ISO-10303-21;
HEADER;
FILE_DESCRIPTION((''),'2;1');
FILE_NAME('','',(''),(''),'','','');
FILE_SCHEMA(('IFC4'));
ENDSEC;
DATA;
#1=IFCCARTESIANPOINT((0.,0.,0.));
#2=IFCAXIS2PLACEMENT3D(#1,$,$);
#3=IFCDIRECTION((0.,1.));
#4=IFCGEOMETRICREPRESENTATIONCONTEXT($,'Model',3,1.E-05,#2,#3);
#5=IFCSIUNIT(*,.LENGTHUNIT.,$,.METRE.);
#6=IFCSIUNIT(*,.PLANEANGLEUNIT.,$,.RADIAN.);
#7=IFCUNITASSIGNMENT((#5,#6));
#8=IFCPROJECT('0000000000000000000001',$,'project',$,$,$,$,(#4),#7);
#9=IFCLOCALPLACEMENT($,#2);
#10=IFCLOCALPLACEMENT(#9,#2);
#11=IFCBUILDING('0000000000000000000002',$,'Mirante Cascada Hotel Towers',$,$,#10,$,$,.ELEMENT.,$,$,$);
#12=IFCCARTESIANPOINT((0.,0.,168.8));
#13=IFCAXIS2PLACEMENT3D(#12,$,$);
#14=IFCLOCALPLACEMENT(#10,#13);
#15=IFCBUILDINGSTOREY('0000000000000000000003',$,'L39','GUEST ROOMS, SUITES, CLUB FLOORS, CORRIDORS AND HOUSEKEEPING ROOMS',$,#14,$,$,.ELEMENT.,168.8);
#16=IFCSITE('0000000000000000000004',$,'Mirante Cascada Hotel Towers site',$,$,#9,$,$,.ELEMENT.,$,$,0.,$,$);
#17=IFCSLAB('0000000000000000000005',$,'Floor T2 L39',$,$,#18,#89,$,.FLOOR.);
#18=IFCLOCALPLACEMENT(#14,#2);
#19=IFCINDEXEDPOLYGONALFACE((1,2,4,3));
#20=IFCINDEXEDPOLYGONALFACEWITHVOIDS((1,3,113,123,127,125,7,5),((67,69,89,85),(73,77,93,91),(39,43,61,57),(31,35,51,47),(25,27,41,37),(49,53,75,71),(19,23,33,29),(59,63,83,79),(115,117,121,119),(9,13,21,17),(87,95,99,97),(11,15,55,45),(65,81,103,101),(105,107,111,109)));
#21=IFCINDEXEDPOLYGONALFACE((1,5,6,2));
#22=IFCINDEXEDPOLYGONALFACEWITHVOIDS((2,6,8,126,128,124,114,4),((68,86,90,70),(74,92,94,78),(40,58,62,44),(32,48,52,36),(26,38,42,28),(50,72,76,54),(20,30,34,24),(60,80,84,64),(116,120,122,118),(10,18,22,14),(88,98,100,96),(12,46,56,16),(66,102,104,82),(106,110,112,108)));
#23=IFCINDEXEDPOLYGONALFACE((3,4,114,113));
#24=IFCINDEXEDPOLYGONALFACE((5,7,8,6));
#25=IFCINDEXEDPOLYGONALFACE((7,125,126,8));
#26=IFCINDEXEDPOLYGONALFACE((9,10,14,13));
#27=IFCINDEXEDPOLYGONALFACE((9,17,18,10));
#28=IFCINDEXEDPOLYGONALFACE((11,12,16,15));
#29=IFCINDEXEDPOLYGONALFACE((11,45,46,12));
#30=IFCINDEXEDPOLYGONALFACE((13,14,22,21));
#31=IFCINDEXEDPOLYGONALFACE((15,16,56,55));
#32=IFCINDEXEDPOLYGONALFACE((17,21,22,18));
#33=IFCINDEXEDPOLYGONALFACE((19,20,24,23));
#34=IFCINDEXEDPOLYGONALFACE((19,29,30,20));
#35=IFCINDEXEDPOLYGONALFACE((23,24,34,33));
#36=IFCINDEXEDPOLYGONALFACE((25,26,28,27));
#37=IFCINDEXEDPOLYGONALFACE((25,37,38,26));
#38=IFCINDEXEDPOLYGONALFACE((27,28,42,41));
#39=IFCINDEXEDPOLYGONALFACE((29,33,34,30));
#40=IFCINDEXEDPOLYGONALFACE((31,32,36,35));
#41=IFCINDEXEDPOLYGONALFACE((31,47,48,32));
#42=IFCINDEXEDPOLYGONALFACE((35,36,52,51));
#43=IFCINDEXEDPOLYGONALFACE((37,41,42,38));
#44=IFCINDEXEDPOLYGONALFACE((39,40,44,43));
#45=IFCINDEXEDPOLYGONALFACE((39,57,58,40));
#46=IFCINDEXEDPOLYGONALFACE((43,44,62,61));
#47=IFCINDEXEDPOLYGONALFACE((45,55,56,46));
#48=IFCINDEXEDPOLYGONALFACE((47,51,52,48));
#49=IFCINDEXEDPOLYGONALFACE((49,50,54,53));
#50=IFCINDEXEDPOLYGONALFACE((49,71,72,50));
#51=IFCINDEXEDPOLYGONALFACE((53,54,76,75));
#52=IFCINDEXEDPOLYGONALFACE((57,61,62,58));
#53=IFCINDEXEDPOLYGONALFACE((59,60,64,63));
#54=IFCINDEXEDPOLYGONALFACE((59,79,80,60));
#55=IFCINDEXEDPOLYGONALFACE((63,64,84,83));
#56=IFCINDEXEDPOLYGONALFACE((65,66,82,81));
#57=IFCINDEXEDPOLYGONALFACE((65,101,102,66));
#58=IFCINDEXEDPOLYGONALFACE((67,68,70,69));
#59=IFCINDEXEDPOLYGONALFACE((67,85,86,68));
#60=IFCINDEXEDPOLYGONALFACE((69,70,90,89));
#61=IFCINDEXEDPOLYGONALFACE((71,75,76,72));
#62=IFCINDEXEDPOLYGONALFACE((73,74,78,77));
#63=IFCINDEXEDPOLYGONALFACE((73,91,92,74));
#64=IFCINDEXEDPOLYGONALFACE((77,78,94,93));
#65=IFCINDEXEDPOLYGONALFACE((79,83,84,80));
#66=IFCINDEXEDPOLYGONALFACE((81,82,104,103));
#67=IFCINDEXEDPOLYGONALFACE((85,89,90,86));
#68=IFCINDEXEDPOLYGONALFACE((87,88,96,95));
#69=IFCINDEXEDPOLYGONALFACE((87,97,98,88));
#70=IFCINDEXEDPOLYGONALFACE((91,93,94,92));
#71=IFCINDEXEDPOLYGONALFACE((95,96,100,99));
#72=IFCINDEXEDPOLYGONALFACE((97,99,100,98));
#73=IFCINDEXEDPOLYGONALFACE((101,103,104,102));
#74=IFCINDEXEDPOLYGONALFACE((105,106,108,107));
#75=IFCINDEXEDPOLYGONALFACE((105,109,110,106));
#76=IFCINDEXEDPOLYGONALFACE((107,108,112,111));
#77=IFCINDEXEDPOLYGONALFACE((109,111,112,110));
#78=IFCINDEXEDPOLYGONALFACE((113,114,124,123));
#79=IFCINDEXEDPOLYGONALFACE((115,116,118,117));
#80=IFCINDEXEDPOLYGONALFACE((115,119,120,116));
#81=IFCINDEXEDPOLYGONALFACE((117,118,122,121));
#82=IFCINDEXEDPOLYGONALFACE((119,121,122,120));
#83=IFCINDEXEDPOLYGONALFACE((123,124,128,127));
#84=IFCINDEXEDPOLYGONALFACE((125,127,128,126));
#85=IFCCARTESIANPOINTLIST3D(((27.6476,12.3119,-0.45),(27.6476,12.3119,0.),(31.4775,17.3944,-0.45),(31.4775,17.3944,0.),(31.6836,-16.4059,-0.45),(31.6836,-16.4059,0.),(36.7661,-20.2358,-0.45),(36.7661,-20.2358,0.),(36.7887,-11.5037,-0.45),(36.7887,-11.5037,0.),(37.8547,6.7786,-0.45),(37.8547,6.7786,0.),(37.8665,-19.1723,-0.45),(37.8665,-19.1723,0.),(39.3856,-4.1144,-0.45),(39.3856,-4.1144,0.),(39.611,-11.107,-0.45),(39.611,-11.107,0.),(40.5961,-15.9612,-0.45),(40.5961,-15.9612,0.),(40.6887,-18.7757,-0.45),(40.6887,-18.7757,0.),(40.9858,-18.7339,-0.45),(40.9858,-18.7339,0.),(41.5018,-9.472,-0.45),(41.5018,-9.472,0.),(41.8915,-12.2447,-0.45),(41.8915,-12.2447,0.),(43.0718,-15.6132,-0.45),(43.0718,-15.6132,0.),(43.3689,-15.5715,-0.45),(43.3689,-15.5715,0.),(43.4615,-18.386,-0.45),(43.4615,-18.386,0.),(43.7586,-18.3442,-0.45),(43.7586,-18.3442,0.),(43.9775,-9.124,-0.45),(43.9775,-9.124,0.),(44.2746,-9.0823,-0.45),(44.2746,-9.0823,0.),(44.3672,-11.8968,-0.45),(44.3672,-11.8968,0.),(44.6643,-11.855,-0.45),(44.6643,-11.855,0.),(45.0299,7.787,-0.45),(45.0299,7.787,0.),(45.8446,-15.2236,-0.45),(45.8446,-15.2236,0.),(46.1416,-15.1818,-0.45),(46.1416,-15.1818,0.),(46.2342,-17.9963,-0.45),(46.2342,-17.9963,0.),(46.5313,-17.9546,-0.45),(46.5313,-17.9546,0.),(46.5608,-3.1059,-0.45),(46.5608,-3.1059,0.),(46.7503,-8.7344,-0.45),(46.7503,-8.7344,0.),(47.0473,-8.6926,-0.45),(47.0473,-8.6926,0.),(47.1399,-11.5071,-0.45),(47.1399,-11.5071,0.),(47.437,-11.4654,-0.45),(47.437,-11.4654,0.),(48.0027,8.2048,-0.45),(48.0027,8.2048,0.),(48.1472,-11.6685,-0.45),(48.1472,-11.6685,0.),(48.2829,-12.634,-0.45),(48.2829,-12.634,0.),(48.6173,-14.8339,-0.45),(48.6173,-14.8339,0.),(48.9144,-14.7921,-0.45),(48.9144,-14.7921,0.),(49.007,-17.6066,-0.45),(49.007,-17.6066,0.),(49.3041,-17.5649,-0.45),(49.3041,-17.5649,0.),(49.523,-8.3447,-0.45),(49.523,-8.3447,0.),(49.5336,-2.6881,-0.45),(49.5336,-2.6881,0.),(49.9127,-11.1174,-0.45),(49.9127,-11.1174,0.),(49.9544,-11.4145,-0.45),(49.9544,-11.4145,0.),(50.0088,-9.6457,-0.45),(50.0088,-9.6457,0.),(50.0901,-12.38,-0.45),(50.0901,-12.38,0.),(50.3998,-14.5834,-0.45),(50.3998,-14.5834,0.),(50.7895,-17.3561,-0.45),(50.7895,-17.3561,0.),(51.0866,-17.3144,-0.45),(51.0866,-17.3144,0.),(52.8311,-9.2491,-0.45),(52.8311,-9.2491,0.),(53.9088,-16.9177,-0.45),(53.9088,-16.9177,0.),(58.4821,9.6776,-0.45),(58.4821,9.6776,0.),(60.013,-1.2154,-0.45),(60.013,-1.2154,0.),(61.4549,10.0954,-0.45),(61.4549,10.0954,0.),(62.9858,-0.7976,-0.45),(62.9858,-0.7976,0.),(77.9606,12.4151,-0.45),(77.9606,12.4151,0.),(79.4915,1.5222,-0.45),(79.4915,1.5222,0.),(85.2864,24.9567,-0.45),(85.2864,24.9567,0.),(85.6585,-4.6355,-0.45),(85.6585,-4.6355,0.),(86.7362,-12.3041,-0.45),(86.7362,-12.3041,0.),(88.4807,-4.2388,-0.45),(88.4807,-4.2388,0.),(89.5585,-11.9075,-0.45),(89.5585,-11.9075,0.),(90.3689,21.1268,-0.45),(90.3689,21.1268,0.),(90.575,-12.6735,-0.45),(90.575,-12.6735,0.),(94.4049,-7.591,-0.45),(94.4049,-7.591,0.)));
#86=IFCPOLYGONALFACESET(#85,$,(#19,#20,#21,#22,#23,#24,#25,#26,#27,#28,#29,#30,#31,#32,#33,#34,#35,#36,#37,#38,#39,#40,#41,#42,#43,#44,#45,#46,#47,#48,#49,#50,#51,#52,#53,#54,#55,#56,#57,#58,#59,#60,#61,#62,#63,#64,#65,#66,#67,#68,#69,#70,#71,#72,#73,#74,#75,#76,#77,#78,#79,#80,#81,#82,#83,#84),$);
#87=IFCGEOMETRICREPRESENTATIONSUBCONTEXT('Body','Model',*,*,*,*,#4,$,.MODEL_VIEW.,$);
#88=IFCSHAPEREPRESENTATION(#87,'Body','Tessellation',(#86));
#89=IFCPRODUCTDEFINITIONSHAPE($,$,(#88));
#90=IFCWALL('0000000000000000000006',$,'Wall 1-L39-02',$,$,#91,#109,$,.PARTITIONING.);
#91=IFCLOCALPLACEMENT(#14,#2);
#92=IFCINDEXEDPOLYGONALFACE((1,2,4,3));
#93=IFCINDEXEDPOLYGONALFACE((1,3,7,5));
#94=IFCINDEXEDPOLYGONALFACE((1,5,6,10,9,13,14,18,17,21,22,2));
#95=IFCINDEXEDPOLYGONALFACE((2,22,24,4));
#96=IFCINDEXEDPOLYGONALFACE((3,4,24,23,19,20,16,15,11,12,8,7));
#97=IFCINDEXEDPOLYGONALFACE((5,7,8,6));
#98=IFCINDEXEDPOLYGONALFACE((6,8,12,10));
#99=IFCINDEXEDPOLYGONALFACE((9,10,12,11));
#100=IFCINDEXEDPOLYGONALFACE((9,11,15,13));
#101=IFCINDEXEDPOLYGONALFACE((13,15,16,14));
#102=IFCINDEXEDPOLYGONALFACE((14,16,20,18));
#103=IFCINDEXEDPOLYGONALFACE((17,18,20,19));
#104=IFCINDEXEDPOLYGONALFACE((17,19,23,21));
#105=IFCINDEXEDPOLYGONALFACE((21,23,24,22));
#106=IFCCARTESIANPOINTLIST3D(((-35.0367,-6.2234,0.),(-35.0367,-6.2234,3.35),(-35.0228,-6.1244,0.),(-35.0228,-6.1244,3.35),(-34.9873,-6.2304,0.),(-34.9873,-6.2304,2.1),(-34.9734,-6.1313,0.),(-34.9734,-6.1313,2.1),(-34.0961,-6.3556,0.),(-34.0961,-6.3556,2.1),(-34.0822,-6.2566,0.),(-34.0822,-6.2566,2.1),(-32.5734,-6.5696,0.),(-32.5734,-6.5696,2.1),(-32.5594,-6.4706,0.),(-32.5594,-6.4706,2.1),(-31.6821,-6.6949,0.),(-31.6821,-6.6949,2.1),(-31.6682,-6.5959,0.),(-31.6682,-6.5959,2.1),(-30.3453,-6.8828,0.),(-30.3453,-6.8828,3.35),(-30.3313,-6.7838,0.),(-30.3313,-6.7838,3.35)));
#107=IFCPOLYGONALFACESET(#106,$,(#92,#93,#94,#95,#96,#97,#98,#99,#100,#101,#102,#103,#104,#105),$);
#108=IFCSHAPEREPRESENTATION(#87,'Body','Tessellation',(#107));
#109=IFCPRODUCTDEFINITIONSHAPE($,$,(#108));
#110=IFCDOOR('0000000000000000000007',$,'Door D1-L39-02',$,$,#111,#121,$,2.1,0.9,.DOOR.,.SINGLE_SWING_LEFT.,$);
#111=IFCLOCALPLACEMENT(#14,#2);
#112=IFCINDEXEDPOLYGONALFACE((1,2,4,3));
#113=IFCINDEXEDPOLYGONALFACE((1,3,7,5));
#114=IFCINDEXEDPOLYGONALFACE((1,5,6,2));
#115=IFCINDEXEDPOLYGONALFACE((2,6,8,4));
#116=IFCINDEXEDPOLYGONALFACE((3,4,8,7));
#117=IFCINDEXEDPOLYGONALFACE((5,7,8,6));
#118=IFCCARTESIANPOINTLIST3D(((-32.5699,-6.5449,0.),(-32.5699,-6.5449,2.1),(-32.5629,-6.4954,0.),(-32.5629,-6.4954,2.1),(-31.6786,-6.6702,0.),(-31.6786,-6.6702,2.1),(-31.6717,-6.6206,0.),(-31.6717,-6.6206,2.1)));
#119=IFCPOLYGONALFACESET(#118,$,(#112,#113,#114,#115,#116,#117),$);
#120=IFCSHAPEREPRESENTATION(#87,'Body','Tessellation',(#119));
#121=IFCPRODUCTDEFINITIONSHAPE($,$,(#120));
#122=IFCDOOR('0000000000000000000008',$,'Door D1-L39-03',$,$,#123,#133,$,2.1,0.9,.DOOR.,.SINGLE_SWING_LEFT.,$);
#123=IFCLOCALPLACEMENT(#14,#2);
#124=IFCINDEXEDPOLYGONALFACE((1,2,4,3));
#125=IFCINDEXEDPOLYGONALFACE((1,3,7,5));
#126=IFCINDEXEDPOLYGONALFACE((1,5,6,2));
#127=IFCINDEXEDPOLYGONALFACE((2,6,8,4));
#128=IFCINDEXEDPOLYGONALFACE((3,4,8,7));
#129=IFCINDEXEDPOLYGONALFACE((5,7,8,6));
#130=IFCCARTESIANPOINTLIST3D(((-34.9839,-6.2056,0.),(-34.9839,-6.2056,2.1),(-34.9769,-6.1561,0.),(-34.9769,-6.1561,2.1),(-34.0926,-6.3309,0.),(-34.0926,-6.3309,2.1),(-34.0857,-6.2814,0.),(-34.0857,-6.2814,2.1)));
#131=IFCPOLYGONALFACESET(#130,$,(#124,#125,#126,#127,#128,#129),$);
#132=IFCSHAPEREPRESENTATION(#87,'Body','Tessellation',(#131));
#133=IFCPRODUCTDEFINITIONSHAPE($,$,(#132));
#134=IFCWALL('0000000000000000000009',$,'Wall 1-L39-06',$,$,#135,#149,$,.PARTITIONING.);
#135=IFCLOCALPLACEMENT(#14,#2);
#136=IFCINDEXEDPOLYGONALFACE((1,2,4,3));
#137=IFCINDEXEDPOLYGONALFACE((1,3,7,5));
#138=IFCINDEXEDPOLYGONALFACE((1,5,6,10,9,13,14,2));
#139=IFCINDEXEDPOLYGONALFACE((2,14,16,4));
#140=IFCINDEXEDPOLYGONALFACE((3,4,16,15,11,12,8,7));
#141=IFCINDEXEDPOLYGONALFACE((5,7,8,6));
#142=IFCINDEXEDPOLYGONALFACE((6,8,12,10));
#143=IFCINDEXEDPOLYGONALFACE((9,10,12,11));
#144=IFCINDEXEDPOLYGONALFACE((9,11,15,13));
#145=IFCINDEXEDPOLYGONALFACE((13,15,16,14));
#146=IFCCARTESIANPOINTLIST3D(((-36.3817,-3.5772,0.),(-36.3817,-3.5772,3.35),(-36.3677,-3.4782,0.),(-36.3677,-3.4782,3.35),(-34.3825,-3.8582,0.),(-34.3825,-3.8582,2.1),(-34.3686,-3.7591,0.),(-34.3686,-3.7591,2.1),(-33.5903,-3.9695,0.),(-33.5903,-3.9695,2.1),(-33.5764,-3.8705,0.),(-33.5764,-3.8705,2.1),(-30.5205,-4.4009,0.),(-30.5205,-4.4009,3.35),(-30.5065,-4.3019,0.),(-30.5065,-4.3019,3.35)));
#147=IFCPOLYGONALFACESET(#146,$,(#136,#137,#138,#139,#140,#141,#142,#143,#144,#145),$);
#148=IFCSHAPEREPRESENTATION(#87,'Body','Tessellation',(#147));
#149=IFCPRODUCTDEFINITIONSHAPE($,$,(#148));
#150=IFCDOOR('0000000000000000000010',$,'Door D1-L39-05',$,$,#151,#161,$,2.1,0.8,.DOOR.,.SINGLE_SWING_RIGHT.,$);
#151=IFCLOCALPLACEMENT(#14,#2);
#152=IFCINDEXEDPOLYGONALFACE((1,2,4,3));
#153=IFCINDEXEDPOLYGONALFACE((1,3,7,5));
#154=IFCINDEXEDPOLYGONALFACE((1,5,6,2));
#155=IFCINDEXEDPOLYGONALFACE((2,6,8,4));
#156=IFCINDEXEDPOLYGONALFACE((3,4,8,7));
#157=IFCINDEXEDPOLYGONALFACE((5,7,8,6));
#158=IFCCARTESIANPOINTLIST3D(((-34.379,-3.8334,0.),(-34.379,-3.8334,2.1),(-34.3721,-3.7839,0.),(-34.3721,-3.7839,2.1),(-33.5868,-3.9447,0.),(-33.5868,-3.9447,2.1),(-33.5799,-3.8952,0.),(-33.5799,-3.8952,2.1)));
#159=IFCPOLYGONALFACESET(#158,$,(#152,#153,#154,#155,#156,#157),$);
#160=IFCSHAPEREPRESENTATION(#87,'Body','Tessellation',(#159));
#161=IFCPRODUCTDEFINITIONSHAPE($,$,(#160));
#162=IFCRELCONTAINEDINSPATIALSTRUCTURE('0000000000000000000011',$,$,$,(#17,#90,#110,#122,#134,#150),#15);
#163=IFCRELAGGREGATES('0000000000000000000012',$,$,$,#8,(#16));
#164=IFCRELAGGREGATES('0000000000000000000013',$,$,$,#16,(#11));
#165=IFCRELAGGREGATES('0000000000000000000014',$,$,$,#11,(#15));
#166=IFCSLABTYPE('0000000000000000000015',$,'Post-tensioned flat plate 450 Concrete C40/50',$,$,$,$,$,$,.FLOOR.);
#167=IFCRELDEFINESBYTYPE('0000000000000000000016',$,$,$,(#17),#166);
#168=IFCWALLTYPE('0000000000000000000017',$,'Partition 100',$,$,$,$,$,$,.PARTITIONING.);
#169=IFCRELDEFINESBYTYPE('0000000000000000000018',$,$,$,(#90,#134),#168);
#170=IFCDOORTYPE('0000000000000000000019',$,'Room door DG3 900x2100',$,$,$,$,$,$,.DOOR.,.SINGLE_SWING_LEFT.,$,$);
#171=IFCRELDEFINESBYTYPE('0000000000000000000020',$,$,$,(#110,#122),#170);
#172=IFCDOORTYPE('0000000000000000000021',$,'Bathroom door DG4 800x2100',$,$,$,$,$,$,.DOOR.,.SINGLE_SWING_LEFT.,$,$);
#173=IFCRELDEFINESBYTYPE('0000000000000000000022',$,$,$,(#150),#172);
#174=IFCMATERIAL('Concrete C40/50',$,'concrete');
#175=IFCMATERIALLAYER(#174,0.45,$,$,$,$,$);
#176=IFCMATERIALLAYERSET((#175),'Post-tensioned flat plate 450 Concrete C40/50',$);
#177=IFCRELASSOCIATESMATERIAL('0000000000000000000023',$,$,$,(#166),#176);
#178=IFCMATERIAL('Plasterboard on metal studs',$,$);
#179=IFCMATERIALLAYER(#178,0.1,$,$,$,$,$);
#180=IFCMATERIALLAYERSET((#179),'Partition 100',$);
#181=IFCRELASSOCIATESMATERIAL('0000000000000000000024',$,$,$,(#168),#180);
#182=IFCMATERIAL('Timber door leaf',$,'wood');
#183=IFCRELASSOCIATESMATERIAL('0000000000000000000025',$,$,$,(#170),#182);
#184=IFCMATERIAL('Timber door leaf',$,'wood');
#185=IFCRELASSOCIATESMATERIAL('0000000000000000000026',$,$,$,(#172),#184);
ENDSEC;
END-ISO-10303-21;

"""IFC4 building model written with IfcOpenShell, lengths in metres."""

from ifc_helpers import new_model, si_unit, direction, frame, frame_2d, origin, place, context, subcontext, project, spatial, polyline, rectangle, outline, extrude, material, layer, layer_set, type_object, element, fill, save


model = new_model("IFC4")

# Units and contexts
model_context = context("Model", 3, precision=1e-05, world=origin(), true_north=direction((0.0, 1.0)))
body_context = subcontext(model_context, "Body", "Model", "MODEL_VIEW")
ifc_project = project(units=[si_unit("LENGTHUNIT", "METRE"), si_unit("PLANEANGLEUNIT", "RADIAN")], contexts=[model_context])

# Site, building, storey
site_placement = place(None, origin())
site = spatial("IfcSite", under=ifc_project, at=site_placement, Name="Mirante Cascada Hotel Towers site", CompositionType="ELEMENT", RefElevation=0.0)
building_placement = place(site_placement, origin())
building = spatial("IfcBuilding", under=site, at=building_placement, Name="Mirante Cascada Hotel Towers", CompositionType="ELEMENT")
storey_placement = place(building_placement, frame((0.0, 0.0, 168.8)))
storey = spatial("IfcBuildingStorey", under=building, at=storey_placement, Name="L39", Description="GUEST ROOMS, SUITES, CLUB FLOORS, CORRIDORS AND HOUSEKEEPING ROOMS", CompositionType="ELEMENT", Elevation=168.8)

# Slab
ifc_material_1 = material(Name="Concrete C40/50", Category="concrete")
ifc_layer_1 = layer(ifc_material_1, 0.45)
ifc_layer_set_1 = layer_set([ifc_layer_1], Name="Post-tensioned flat plate 450 Concrete C40/50")
slab_type = type_object("IfcSlabType", Name="Post-tensioned flat plate 450 Concrete C40/50", PredefinedType="FLOOR", material=ifc_layer_set_1)
slab_1_placement = place(storey_placement, frame((0.0, 0.0, -0.45)))
element("IfcSlab", 1, at=slab_1_placement, inside=storey, type_object=slab_type, Name="Floor T2 L39", PredefinedType="FLOOR", context=body_context, shape_type="SweptSolid", body=[
    extrude(outline(polyline([(31.6836, -16.4059), (27.6476, 12.3119), (31.4775, 17.3944), (85.2864, 24.9567), (90.3689, 21.1268), (94.4049, -7.591), (90.575, -12.6735), (36.7661, -20.2358), (31.6836, -16.4059)]), holes=[polyline([(40.5961, -15.9612), (40.9858, -18.7339), (43.4615, -18.386), (43.0718, -15.6132), (40.5961, -15.9612)]), polyline([(45.8446, -15.2236), (43.3689, -15.5715), (43.7586, -18.3442), (46.2342, -17.9963), (45.8446, -15.2236)]), polyline([(48.6173, -14.8339), (46.1416, -15.1818), (46.5313, -17.9546), (49.007, -17.6066), (48.6173, -14.8339)]), polyline([(40.6887, -18.7757), (39.611, -11.107), (36.7887, -11.5037), (37.8665, -19.1723), (40.6887, -18.7757)]), polyline([(43.9775, -9.124), (41.5018, -9.472), (41.8915, -12.2447), (44.3672, -11.8968), (43.9775, -9.124)]), polyline([(46.7503, -8.7344), (44.2746, -9.0823), (44.6643, -11.855), (47.1399, -11.5071), (46.7503, -8.7344)]), polyline([(48.9144, -14.7921), (49.3041, -17.5649), (50.7895, -17.3561), (50.3998, -14.5834), (48.9144, -14.7921)]), polyline([(51.0866, -17.3144), (53.9088, -16.9177), (52.8311, -9.2491), (50.0088, -9.6457), (51.0866, -17.3144)]), polyline([(86.7362, -12.3041), (89.5585, -11.9075), (88.4807, -4.2388), (85.6585, -4.6355), (86.7362, -12.3041)]), polyline([(48.1472, -11.6685), (48.2829, -12.634), (50.0901, -12.38), (49.9544, -11.4145), (48.1472, -11.6685)]), polyline([(49.523, -8.3447), (47.0473, -8.6926), (47.437, -11.4654), (49.9127, -11.1174), (49.523, -8.3447)]), polyline([(77.9606, 12.4151), (79.4915, 1.5222), (62.9858, -0.7976), (62.9858, -0.7976), (61.4549, 10.0954), (61.4549, 10.0954), (77.9606, 12.4151)]), polyline([(58.4821, 9.6776), (60.013, -1.2154), (60.013, -1.2154), (49.5336, -2.6881), (49.5336, -2.6881), (48.0027, 8.2048), (58.4821, 9.6776)]), polyline([(39.3856, -4.1144), (37.8547, 6.7786), (45.0299, 7.787), (46.5608, -3.1059), (46.5608, -3.1059), (39.3856, -4.1144)])]), origin(), (0.0, 0.0, 1.0), 0.45),
])

# Wall, openings, doors
ifc_material_2 = material(Name="Plasterboard on metal studs")
ifc_layer_2 = layer(ifc_material_2, 0.1)
ifc_layer_set_2 = layer_set([ifc_layer_2], Name="Partition 100")
wall_type = type_object("IfcWallType", Name="Partition 100", PredefinedType="PARTITIONING", material=ifc_layer_set_2)
wall_1_placement = place(storey_placement, frame((-30.3383, -6.8333, 0.0), z_axis=(0.0, 0.0, 1.0), x_axis=(-0.990267, 0.139184, 0.0)))
wall_1 = element("IfcWall", 2, at=wall_1_placement, inside=storey, type_object=wall_type, Name="Wall 1-L39-02", PredefinedType="PARTITIONING", context=body_context, shape_type="SweptSolid", body=[
    extrude(rectangle(XDim=4.7376, YDim=0.1, at=frame_2d((2.3688, 0.0))), origin(), (0.0, 0.0, 1.0), 3.35),
])
opening_1_placement = place(wall_1_placement, frame((1.35, 0.0, 0.0)))
opening_1 = element("IfcOpeningElement", 3, at=opening_1_placement, cuts=wall_1, PredefinedType="OPENING", context=body_context, shape_type="SweptSolid", body=[
    extrude(rectangle(XDim=0.9, YDim=2.1, at=frame_2d((0.45, 1.05))), frame((0.0, 0.05, 0.0), z_axis=(0.0, -1.0, 0.0), x_axis=(1.0, 0.0, 0.0)), (0.0, 0.0, 1.0), 0.1),
])
opening_2_placement = place(wall_1_placement, frame((3.7877, 0.0, 0.0)))
opening_2 = element("IfcOpeningElement", 4, at=opening_2_placement, cuts=wall_1, PredefinedType="OPENING", context=body_context, shape_type="SweptSolid", body=[
    extrude(rectangle(XDim=0.9, YDim=2.1, at=frame_2d((0.45, 1.05))), frame((0.0, 0.05, 0.0), z_axis=(0.0, -1.0, 0.0), x_axis=(1.0, 0.0, 0.0)), (0.0, 0.0, 1.0), 0.1),
])
ifc_material_3 = material(Name="Timber door leaf", Category="wood")
door_type_1 = type_object("IfcDoorType", Name="Room door DG3 900x2100", OperationType="SINGLE_SWING_LEFT", PredefinedType="DOOR", material=ifc_material_3)
door_1_placement = place(opening_1_placement, origin())
door_1 = element("IfcDoor", 5, at=door_1_placement, inside=storey, type_object=door_type_1, Name="Door D1-L39-02", OperationType="SINGLE_SWING_LEFT", OverallHeight=2.1, OverallWidth=0.9, PredefinedType="DOOR", context=body_context, shape_type="SweptSolid", body=[
    extrude(rectangle(XDim=0.9, YDim=2.1, at=frame_2d((0.45, 1.05))), frame((0.0, 0.025, 0.0), z_axis=(0.0, -1.0, 0.0), x_axis=(1.0, 0.0, 0.0)), (0.0, 0.0, 1.0), 0.05),
])
fill(opening_1, door_1)
door_2_placement = place(opening_2_placement, origin())
door_2 = element("IfcDoor", 6, at=door_2_placement, inside=storey, type_object=door_type_1, Name="Door D1-L39-03", OperationType="SINGLE_SWING_LEFT", OverallHeight=2.1, OverallWidth=0.9, PredefinedType="DOOR", context=body_context, shape_type="SweptSolid", body=[
    extrude(rectangle(XDim=0.9, YDim=2.1, at=frame_2d((0.45, 1.05))), frame((0.0, 0.025, 0.0), z_axis=(0.0, -1.0, 0.0), x_axis=(1.0, 0.0, 0.0)), (0.0, 0.0, 1.0), 0.05),
])
fill(opening_2, door_2)

# Wall, opening, door
wall_2_placement = place(storey_placement, frame((-30.5135, -4.3514, 0.0), z_axis=(0.0, 0.0, 1.0), x_axis=(-0.990269, 0.139167, 0.0)))
wall_2 = element("IfcWall", 7, at=wall_2_placement, inside=storey, type_object=wall_type, Name="Wall 1-L39-06", PredefinedType="PARTITIONING", context=body_context, shape_type="SweptSolid", body=[
    extrude(rectangle(XDim=5.9188, YDim=0.1, at=frame_2d((2.9594, 0.0))), origin(), (0.0, 0.0, 1.0), 3.35),
])
opening_3_placement = place(wall_2_placement, frame((3.1, 0.0, 0.0)))
opening_3 = element("IfcOpeningElement", 8, at=opening_3_placement, cuts=wall_2, PredefinedType="OPENING", context=body_context, shape_type="SweptSolid", body=[
    extrude(rectangle(XDim=0.8, YDim=2.1, at=frame_2d((0.4, 1.05))), frame((0.0, 0.05, 0.0), z_axis=(0.0, -1.0, 0.0), x_axis=(1.0, 0.0, 0.0)), (0.0, 0.0, 1.0), 0.1),
])
ifc_material_4 = material(Name="Timber door leaf", Category="wood")
door_type_2 = type_object("IfcDoorType", Name="Bathroom door DG4 800x2100", OperationType="SINGLE_SWING_LEFT", PredefinedType="DOOR", material=ifc_material_4)
door_3_placement = place(opening_3_placement, frame((0.8, 0.0, 0.0), z_axis=(0.0, 0.0, 1.0), x_axis=(-1.0, 0.0, 0.0)))
door_3 = element("IfcDoor", 9, at=door_3_placement, inside=storey, type_object=door_type_2, Name="Door D1-L39-05", OperationType="SINGLE_SWING_RIGHT", OverallHeight=2.1, OverallWidth=0.8, PredefinedType="DOOR", context=body_context, shape_type="SweptSolid", body=[
    extrude(rectangle(XDim=0.8, YDim=2.1, at=frame_2d((0.4, 1.05))), frame((0.0, 0.025, 0.0), z_axis=(0.0, -1.0, 0.0), x_axis=(1.0, 0.0, 0.0)), (0.0, 0.0, 1.0), 0.05),
])
fill(opening_3, door_3)

save(model, "model.ifc")
